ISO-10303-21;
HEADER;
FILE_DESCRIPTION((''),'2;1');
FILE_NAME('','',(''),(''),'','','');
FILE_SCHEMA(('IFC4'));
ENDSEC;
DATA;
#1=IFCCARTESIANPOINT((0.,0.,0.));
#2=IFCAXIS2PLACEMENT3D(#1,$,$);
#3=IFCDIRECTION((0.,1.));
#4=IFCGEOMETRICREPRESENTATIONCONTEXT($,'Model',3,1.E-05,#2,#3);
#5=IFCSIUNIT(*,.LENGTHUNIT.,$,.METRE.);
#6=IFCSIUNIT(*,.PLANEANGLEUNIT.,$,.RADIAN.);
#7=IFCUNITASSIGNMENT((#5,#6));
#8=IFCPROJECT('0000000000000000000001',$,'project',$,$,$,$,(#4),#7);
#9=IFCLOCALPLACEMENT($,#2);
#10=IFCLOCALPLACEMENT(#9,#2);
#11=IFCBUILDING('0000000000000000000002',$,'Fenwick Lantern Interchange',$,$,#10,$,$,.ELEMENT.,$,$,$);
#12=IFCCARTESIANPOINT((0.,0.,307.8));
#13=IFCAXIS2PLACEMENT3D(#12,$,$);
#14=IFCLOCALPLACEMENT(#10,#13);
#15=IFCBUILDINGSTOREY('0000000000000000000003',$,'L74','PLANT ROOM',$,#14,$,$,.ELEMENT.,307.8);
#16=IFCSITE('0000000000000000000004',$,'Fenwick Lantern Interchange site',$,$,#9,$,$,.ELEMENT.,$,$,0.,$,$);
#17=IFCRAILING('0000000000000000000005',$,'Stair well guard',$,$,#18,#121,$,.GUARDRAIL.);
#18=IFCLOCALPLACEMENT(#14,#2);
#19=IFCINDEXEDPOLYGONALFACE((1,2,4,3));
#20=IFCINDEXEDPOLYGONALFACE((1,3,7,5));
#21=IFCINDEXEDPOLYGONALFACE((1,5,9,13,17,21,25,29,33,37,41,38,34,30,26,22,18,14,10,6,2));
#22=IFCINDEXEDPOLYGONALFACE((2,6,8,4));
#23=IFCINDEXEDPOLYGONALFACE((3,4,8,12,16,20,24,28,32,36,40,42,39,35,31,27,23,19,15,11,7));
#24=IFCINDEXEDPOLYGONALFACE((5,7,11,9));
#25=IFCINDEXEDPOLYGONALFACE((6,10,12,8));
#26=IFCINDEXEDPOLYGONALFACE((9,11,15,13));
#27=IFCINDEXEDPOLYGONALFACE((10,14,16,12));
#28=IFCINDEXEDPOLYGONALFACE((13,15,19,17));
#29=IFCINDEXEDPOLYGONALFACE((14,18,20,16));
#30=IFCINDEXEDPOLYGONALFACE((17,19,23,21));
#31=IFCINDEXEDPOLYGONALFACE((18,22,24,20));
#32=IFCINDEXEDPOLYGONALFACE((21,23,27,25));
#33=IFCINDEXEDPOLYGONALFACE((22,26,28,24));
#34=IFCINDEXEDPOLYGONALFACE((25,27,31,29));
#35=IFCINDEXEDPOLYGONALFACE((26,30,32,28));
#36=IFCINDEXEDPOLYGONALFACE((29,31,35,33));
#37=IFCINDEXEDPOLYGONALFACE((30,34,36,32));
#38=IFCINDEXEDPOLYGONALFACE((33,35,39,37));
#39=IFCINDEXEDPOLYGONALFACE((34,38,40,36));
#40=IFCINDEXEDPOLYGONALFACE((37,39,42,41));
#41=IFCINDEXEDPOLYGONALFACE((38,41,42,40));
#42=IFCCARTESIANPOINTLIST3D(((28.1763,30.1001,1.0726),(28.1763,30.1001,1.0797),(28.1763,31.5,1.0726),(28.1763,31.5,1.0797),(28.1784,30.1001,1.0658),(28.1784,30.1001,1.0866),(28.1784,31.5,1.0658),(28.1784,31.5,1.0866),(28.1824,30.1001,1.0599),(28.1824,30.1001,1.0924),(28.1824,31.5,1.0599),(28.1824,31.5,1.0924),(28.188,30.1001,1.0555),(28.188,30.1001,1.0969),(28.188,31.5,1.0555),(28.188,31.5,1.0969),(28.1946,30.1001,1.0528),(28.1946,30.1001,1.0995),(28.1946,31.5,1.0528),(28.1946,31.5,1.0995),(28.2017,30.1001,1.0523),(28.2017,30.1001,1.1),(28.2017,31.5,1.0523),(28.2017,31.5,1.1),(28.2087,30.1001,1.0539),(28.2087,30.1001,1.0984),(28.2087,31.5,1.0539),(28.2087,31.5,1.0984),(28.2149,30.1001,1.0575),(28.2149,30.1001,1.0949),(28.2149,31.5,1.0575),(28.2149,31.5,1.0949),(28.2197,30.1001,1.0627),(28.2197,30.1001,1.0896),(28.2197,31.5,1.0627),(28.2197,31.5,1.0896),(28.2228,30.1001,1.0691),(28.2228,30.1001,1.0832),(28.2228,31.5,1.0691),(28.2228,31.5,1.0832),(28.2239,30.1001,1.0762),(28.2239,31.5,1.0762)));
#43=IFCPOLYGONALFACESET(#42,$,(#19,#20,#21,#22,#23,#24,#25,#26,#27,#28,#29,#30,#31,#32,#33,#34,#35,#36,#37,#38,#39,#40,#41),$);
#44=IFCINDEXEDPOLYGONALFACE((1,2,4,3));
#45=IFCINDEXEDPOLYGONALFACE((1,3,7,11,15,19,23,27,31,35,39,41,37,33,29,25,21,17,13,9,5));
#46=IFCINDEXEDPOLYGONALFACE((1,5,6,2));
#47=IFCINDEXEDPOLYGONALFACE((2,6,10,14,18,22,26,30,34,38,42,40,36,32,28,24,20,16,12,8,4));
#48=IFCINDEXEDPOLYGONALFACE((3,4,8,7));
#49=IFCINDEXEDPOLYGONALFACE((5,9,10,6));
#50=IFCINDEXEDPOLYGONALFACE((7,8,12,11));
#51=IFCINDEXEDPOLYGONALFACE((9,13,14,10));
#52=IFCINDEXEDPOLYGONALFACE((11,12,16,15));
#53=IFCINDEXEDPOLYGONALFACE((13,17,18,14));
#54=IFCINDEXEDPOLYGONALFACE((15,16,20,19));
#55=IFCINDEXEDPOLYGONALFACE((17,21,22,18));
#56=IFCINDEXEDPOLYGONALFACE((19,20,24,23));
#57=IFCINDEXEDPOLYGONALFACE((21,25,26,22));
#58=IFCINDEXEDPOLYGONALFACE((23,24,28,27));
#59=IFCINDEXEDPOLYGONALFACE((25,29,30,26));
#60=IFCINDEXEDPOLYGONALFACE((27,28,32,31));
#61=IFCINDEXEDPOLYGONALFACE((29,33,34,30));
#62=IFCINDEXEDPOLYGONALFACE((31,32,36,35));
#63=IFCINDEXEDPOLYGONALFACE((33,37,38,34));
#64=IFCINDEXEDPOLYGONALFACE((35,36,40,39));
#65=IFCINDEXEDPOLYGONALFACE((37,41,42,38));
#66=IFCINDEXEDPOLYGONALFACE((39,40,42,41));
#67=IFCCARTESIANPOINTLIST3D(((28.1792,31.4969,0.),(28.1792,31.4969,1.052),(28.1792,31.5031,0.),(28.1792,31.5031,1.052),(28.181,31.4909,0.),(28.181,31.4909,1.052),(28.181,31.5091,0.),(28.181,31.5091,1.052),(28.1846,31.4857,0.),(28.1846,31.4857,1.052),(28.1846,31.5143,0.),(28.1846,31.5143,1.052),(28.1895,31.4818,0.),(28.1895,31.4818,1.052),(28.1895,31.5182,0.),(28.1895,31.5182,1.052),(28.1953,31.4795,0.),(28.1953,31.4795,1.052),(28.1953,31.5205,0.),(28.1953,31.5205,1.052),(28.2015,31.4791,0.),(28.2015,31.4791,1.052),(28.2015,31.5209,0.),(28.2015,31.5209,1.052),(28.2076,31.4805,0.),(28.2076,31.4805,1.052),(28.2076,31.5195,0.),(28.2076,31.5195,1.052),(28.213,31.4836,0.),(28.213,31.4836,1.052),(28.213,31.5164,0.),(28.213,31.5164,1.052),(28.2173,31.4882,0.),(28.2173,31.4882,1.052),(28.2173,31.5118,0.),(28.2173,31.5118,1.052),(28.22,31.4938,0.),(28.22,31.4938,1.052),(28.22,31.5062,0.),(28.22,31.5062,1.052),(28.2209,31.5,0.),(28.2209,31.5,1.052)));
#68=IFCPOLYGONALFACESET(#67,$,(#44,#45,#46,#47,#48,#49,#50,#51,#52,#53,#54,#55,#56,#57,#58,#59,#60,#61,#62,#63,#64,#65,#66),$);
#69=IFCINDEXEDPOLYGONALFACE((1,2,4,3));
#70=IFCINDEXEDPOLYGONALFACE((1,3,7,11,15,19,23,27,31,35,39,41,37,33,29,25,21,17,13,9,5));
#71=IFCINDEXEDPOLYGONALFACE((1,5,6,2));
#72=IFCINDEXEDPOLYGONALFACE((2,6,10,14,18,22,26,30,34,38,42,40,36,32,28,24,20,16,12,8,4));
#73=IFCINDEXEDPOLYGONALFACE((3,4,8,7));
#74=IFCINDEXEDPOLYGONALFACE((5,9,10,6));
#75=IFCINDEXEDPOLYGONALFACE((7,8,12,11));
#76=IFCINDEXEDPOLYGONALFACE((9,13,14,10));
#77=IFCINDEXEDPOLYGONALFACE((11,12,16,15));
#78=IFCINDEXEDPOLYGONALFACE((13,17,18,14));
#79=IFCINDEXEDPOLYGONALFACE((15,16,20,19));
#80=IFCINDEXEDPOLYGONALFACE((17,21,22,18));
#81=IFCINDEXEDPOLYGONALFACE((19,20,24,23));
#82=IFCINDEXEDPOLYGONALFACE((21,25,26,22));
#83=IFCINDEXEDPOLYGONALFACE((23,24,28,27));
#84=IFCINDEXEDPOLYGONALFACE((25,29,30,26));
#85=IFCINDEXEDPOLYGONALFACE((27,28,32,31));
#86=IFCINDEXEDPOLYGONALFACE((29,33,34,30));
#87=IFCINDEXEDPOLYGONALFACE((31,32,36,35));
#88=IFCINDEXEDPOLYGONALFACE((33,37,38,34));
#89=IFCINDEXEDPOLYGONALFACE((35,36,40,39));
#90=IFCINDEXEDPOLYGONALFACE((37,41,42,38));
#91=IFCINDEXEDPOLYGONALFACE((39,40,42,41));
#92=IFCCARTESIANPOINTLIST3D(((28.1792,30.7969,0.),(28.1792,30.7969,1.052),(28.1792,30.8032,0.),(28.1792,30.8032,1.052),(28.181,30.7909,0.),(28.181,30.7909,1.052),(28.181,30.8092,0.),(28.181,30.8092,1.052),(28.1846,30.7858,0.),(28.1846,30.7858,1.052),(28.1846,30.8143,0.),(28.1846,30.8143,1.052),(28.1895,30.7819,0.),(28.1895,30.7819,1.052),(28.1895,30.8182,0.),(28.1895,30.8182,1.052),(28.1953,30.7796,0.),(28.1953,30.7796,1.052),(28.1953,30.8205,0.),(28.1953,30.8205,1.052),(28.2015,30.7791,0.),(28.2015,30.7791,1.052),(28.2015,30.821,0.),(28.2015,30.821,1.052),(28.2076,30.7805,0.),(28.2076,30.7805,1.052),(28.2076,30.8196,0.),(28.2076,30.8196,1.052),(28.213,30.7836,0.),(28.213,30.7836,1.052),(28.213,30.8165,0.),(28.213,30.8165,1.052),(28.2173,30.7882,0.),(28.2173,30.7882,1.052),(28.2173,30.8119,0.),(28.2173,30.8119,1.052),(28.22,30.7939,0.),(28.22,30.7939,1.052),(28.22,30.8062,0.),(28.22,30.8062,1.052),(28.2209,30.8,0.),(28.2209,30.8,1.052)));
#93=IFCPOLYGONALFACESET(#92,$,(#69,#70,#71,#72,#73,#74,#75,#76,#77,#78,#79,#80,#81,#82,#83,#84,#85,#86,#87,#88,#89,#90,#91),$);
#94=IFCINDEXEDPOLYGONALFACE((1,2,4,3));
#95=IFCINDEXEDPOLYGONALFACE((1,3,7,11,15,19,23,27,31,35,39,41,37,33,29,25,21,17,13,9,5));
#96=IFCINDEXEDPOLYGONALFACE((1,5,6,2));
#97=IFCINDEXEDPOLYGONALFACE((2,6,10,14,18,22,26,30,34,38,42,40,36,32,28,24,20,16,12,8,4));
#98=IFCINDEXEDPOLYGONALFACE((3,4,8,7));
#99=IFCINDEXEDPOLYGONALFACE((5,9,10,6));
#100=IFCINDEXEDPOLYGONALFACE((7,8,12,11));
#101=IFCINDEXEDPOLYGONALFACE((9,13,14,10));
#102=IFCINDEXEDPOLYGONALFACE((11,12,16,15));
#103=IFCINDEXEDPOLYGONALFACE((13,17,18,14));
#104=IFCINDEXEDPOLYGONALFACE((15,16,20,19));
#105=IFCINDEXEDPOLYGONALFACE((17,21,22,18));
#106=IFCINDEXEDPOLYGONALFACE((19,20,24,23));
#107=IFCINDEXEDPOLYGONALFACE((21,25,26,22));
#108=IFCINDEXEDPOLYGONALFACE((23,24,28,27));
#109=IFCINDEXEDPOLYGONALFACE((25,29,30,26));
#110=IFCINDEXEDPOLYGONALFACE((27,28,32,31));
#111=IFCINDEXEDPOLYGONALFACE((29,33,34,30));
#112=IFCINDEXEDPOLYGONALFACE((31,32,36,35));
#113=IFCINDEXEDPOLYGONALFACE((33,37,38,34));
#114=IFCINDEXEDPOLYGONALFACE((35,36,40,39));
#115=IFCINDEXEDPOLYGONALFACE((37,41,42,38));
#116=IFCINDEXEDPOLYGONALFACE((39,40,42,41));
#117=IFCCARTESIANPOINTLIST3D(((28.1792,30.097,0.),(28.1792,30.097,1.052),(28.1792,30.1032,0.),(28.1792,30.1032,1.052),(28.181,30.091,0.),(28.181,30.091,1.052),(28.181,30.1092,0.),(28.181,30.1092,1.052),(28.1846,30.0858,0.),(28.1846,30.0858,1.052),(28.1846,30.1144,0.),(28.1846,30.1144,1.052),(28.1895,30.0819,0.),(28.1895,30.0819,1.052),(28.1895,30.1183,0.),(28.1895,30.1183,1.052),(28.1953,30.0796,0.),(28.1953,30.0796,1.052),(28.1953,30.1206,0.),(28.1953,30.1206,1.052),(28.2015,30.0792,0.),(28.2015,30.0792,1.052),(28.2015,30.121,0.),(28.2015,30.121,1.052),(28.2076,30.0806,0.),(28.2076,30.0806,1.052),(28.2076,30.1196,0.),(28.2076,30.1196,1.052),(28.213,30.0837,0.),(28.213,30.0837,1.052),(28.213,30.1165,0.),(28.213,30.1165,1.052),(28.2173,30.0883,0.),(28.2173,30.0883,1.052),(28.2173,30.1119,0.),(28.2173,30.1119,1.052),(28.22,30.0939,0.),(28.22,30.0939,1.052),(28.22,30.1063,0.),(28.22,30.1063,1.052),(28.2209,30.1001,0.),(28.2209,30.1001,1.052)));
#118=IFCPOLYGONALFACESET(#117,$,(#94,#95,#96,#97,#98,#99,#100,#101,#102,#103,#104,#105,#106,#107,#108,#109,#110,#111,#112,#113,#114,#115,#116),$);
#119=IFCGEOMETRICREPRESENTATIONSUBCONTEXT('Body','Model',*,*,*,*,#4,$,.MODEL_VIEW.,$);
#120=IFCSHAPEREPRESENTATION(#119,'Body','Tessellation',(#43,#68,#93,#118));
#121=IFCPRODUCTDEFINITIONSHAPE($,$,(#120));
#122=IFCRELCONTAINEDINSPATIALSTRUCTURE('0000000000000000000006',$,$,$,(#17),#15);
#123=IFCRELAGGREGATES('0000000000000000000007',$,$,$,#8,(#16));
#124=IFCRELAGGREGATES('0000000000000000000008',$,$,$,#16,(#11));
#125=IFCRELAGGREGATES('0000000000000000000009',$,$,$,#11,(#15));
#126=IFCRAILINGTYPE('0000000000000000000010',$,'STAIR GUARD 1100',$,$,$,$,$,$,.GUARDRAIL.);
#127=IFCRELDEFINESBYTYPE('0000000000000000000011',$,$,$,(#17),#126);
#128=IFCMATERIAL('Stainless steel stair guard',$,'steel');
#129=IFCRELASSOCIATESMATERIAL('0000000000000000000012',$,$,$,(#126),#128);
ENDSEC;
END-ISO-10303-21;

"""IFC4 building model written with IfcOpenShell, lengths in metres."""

from ifc_helpers import new_model, si_unit, direction, frame, origin, origin_2d, place, context, subcontext, project, spatial, circle, extrude, material, type_object, element, save


model = new_model("IFC4")

# Units and contexts
model_context = context("Model", 3, precision=1e-05, world=origin(), true_north=direction((0.0, 1.0)))
body_context = subcontext(model_context, "Body", "Model", "MODEL_VIEW")
ifc_project = project(units=[si_unit("LENGTHUNIT", "METRE"), si_unit("PLANEANGLEUNIT", "RADIAN")], contexts=[model_context])

# Site, building, storey
site_placement = place(None, origin())
site = spatial("IfcSite", under=ifc_project, at=site_placement, Name="Fenwick Lantern Interchange site", CompositionType="ELEMENT", RefElevation=0.0)
building_placement = place(site_placement, origin())
building = spatial("IfcBuilding", under=site, at=building_placement, Name="Fenwick Lantern Interchange", CompositionType="ELEMENT")
storey_placement = place(building_placement, frame((0.0, 0.0, 307.8)))
storey = spatial("IfcBuildingStorey", under=building, at=storey_placement, Name="L74", Description="PLANT ROOM", CompositionType="ELEMENT", Elevation=307.8)

# Railing
ifc_material_1 = material(Name="Stainless steel stair guard", Category="steel")
railing_type = type_object("IfcRailingType", Name="STAIR GUARD 1100", PredefinedType="GUARDRAIL", material=ifc_material_1)
railing_placement = place(storey_placement, frame((28.2, 31.5, 0.0)))
element("IfcRailing", 1, at=railing_placement, inside=storey, type_object=railing_type, Name="Stair well guard", PredefinedType="GUARDRAIL", context=body_context, shape_type="SweptSolid", body=[
    extrude(circle(Radius=0.0239, at=origin_2d()), frame((0.0, 0.0, 1.0762), z_axis=(0.0, -1.0, 0.0), x_axis=(1.0, 0.0, 0.0)), (0.0, 0.0, 1.0), 1.3999),
    extrude(circle(Radius=0.021, at=origin_2d()), origin(), (0.0, 0.0, 1.0), 1.052),
    extrude(circle(Radius=0.021, at=origin_2d()), frame((0.0, -0.7, 0.0)), (0.0, 0.0, 1.0), 1.052),
    extrude(circle(Radius=0.021, at=origin_2d()), frame((0.0, -1.3999, 0.0)), (0.0, 0.0, 1.0), 1.052),
])

save(model, "model.ifc")
